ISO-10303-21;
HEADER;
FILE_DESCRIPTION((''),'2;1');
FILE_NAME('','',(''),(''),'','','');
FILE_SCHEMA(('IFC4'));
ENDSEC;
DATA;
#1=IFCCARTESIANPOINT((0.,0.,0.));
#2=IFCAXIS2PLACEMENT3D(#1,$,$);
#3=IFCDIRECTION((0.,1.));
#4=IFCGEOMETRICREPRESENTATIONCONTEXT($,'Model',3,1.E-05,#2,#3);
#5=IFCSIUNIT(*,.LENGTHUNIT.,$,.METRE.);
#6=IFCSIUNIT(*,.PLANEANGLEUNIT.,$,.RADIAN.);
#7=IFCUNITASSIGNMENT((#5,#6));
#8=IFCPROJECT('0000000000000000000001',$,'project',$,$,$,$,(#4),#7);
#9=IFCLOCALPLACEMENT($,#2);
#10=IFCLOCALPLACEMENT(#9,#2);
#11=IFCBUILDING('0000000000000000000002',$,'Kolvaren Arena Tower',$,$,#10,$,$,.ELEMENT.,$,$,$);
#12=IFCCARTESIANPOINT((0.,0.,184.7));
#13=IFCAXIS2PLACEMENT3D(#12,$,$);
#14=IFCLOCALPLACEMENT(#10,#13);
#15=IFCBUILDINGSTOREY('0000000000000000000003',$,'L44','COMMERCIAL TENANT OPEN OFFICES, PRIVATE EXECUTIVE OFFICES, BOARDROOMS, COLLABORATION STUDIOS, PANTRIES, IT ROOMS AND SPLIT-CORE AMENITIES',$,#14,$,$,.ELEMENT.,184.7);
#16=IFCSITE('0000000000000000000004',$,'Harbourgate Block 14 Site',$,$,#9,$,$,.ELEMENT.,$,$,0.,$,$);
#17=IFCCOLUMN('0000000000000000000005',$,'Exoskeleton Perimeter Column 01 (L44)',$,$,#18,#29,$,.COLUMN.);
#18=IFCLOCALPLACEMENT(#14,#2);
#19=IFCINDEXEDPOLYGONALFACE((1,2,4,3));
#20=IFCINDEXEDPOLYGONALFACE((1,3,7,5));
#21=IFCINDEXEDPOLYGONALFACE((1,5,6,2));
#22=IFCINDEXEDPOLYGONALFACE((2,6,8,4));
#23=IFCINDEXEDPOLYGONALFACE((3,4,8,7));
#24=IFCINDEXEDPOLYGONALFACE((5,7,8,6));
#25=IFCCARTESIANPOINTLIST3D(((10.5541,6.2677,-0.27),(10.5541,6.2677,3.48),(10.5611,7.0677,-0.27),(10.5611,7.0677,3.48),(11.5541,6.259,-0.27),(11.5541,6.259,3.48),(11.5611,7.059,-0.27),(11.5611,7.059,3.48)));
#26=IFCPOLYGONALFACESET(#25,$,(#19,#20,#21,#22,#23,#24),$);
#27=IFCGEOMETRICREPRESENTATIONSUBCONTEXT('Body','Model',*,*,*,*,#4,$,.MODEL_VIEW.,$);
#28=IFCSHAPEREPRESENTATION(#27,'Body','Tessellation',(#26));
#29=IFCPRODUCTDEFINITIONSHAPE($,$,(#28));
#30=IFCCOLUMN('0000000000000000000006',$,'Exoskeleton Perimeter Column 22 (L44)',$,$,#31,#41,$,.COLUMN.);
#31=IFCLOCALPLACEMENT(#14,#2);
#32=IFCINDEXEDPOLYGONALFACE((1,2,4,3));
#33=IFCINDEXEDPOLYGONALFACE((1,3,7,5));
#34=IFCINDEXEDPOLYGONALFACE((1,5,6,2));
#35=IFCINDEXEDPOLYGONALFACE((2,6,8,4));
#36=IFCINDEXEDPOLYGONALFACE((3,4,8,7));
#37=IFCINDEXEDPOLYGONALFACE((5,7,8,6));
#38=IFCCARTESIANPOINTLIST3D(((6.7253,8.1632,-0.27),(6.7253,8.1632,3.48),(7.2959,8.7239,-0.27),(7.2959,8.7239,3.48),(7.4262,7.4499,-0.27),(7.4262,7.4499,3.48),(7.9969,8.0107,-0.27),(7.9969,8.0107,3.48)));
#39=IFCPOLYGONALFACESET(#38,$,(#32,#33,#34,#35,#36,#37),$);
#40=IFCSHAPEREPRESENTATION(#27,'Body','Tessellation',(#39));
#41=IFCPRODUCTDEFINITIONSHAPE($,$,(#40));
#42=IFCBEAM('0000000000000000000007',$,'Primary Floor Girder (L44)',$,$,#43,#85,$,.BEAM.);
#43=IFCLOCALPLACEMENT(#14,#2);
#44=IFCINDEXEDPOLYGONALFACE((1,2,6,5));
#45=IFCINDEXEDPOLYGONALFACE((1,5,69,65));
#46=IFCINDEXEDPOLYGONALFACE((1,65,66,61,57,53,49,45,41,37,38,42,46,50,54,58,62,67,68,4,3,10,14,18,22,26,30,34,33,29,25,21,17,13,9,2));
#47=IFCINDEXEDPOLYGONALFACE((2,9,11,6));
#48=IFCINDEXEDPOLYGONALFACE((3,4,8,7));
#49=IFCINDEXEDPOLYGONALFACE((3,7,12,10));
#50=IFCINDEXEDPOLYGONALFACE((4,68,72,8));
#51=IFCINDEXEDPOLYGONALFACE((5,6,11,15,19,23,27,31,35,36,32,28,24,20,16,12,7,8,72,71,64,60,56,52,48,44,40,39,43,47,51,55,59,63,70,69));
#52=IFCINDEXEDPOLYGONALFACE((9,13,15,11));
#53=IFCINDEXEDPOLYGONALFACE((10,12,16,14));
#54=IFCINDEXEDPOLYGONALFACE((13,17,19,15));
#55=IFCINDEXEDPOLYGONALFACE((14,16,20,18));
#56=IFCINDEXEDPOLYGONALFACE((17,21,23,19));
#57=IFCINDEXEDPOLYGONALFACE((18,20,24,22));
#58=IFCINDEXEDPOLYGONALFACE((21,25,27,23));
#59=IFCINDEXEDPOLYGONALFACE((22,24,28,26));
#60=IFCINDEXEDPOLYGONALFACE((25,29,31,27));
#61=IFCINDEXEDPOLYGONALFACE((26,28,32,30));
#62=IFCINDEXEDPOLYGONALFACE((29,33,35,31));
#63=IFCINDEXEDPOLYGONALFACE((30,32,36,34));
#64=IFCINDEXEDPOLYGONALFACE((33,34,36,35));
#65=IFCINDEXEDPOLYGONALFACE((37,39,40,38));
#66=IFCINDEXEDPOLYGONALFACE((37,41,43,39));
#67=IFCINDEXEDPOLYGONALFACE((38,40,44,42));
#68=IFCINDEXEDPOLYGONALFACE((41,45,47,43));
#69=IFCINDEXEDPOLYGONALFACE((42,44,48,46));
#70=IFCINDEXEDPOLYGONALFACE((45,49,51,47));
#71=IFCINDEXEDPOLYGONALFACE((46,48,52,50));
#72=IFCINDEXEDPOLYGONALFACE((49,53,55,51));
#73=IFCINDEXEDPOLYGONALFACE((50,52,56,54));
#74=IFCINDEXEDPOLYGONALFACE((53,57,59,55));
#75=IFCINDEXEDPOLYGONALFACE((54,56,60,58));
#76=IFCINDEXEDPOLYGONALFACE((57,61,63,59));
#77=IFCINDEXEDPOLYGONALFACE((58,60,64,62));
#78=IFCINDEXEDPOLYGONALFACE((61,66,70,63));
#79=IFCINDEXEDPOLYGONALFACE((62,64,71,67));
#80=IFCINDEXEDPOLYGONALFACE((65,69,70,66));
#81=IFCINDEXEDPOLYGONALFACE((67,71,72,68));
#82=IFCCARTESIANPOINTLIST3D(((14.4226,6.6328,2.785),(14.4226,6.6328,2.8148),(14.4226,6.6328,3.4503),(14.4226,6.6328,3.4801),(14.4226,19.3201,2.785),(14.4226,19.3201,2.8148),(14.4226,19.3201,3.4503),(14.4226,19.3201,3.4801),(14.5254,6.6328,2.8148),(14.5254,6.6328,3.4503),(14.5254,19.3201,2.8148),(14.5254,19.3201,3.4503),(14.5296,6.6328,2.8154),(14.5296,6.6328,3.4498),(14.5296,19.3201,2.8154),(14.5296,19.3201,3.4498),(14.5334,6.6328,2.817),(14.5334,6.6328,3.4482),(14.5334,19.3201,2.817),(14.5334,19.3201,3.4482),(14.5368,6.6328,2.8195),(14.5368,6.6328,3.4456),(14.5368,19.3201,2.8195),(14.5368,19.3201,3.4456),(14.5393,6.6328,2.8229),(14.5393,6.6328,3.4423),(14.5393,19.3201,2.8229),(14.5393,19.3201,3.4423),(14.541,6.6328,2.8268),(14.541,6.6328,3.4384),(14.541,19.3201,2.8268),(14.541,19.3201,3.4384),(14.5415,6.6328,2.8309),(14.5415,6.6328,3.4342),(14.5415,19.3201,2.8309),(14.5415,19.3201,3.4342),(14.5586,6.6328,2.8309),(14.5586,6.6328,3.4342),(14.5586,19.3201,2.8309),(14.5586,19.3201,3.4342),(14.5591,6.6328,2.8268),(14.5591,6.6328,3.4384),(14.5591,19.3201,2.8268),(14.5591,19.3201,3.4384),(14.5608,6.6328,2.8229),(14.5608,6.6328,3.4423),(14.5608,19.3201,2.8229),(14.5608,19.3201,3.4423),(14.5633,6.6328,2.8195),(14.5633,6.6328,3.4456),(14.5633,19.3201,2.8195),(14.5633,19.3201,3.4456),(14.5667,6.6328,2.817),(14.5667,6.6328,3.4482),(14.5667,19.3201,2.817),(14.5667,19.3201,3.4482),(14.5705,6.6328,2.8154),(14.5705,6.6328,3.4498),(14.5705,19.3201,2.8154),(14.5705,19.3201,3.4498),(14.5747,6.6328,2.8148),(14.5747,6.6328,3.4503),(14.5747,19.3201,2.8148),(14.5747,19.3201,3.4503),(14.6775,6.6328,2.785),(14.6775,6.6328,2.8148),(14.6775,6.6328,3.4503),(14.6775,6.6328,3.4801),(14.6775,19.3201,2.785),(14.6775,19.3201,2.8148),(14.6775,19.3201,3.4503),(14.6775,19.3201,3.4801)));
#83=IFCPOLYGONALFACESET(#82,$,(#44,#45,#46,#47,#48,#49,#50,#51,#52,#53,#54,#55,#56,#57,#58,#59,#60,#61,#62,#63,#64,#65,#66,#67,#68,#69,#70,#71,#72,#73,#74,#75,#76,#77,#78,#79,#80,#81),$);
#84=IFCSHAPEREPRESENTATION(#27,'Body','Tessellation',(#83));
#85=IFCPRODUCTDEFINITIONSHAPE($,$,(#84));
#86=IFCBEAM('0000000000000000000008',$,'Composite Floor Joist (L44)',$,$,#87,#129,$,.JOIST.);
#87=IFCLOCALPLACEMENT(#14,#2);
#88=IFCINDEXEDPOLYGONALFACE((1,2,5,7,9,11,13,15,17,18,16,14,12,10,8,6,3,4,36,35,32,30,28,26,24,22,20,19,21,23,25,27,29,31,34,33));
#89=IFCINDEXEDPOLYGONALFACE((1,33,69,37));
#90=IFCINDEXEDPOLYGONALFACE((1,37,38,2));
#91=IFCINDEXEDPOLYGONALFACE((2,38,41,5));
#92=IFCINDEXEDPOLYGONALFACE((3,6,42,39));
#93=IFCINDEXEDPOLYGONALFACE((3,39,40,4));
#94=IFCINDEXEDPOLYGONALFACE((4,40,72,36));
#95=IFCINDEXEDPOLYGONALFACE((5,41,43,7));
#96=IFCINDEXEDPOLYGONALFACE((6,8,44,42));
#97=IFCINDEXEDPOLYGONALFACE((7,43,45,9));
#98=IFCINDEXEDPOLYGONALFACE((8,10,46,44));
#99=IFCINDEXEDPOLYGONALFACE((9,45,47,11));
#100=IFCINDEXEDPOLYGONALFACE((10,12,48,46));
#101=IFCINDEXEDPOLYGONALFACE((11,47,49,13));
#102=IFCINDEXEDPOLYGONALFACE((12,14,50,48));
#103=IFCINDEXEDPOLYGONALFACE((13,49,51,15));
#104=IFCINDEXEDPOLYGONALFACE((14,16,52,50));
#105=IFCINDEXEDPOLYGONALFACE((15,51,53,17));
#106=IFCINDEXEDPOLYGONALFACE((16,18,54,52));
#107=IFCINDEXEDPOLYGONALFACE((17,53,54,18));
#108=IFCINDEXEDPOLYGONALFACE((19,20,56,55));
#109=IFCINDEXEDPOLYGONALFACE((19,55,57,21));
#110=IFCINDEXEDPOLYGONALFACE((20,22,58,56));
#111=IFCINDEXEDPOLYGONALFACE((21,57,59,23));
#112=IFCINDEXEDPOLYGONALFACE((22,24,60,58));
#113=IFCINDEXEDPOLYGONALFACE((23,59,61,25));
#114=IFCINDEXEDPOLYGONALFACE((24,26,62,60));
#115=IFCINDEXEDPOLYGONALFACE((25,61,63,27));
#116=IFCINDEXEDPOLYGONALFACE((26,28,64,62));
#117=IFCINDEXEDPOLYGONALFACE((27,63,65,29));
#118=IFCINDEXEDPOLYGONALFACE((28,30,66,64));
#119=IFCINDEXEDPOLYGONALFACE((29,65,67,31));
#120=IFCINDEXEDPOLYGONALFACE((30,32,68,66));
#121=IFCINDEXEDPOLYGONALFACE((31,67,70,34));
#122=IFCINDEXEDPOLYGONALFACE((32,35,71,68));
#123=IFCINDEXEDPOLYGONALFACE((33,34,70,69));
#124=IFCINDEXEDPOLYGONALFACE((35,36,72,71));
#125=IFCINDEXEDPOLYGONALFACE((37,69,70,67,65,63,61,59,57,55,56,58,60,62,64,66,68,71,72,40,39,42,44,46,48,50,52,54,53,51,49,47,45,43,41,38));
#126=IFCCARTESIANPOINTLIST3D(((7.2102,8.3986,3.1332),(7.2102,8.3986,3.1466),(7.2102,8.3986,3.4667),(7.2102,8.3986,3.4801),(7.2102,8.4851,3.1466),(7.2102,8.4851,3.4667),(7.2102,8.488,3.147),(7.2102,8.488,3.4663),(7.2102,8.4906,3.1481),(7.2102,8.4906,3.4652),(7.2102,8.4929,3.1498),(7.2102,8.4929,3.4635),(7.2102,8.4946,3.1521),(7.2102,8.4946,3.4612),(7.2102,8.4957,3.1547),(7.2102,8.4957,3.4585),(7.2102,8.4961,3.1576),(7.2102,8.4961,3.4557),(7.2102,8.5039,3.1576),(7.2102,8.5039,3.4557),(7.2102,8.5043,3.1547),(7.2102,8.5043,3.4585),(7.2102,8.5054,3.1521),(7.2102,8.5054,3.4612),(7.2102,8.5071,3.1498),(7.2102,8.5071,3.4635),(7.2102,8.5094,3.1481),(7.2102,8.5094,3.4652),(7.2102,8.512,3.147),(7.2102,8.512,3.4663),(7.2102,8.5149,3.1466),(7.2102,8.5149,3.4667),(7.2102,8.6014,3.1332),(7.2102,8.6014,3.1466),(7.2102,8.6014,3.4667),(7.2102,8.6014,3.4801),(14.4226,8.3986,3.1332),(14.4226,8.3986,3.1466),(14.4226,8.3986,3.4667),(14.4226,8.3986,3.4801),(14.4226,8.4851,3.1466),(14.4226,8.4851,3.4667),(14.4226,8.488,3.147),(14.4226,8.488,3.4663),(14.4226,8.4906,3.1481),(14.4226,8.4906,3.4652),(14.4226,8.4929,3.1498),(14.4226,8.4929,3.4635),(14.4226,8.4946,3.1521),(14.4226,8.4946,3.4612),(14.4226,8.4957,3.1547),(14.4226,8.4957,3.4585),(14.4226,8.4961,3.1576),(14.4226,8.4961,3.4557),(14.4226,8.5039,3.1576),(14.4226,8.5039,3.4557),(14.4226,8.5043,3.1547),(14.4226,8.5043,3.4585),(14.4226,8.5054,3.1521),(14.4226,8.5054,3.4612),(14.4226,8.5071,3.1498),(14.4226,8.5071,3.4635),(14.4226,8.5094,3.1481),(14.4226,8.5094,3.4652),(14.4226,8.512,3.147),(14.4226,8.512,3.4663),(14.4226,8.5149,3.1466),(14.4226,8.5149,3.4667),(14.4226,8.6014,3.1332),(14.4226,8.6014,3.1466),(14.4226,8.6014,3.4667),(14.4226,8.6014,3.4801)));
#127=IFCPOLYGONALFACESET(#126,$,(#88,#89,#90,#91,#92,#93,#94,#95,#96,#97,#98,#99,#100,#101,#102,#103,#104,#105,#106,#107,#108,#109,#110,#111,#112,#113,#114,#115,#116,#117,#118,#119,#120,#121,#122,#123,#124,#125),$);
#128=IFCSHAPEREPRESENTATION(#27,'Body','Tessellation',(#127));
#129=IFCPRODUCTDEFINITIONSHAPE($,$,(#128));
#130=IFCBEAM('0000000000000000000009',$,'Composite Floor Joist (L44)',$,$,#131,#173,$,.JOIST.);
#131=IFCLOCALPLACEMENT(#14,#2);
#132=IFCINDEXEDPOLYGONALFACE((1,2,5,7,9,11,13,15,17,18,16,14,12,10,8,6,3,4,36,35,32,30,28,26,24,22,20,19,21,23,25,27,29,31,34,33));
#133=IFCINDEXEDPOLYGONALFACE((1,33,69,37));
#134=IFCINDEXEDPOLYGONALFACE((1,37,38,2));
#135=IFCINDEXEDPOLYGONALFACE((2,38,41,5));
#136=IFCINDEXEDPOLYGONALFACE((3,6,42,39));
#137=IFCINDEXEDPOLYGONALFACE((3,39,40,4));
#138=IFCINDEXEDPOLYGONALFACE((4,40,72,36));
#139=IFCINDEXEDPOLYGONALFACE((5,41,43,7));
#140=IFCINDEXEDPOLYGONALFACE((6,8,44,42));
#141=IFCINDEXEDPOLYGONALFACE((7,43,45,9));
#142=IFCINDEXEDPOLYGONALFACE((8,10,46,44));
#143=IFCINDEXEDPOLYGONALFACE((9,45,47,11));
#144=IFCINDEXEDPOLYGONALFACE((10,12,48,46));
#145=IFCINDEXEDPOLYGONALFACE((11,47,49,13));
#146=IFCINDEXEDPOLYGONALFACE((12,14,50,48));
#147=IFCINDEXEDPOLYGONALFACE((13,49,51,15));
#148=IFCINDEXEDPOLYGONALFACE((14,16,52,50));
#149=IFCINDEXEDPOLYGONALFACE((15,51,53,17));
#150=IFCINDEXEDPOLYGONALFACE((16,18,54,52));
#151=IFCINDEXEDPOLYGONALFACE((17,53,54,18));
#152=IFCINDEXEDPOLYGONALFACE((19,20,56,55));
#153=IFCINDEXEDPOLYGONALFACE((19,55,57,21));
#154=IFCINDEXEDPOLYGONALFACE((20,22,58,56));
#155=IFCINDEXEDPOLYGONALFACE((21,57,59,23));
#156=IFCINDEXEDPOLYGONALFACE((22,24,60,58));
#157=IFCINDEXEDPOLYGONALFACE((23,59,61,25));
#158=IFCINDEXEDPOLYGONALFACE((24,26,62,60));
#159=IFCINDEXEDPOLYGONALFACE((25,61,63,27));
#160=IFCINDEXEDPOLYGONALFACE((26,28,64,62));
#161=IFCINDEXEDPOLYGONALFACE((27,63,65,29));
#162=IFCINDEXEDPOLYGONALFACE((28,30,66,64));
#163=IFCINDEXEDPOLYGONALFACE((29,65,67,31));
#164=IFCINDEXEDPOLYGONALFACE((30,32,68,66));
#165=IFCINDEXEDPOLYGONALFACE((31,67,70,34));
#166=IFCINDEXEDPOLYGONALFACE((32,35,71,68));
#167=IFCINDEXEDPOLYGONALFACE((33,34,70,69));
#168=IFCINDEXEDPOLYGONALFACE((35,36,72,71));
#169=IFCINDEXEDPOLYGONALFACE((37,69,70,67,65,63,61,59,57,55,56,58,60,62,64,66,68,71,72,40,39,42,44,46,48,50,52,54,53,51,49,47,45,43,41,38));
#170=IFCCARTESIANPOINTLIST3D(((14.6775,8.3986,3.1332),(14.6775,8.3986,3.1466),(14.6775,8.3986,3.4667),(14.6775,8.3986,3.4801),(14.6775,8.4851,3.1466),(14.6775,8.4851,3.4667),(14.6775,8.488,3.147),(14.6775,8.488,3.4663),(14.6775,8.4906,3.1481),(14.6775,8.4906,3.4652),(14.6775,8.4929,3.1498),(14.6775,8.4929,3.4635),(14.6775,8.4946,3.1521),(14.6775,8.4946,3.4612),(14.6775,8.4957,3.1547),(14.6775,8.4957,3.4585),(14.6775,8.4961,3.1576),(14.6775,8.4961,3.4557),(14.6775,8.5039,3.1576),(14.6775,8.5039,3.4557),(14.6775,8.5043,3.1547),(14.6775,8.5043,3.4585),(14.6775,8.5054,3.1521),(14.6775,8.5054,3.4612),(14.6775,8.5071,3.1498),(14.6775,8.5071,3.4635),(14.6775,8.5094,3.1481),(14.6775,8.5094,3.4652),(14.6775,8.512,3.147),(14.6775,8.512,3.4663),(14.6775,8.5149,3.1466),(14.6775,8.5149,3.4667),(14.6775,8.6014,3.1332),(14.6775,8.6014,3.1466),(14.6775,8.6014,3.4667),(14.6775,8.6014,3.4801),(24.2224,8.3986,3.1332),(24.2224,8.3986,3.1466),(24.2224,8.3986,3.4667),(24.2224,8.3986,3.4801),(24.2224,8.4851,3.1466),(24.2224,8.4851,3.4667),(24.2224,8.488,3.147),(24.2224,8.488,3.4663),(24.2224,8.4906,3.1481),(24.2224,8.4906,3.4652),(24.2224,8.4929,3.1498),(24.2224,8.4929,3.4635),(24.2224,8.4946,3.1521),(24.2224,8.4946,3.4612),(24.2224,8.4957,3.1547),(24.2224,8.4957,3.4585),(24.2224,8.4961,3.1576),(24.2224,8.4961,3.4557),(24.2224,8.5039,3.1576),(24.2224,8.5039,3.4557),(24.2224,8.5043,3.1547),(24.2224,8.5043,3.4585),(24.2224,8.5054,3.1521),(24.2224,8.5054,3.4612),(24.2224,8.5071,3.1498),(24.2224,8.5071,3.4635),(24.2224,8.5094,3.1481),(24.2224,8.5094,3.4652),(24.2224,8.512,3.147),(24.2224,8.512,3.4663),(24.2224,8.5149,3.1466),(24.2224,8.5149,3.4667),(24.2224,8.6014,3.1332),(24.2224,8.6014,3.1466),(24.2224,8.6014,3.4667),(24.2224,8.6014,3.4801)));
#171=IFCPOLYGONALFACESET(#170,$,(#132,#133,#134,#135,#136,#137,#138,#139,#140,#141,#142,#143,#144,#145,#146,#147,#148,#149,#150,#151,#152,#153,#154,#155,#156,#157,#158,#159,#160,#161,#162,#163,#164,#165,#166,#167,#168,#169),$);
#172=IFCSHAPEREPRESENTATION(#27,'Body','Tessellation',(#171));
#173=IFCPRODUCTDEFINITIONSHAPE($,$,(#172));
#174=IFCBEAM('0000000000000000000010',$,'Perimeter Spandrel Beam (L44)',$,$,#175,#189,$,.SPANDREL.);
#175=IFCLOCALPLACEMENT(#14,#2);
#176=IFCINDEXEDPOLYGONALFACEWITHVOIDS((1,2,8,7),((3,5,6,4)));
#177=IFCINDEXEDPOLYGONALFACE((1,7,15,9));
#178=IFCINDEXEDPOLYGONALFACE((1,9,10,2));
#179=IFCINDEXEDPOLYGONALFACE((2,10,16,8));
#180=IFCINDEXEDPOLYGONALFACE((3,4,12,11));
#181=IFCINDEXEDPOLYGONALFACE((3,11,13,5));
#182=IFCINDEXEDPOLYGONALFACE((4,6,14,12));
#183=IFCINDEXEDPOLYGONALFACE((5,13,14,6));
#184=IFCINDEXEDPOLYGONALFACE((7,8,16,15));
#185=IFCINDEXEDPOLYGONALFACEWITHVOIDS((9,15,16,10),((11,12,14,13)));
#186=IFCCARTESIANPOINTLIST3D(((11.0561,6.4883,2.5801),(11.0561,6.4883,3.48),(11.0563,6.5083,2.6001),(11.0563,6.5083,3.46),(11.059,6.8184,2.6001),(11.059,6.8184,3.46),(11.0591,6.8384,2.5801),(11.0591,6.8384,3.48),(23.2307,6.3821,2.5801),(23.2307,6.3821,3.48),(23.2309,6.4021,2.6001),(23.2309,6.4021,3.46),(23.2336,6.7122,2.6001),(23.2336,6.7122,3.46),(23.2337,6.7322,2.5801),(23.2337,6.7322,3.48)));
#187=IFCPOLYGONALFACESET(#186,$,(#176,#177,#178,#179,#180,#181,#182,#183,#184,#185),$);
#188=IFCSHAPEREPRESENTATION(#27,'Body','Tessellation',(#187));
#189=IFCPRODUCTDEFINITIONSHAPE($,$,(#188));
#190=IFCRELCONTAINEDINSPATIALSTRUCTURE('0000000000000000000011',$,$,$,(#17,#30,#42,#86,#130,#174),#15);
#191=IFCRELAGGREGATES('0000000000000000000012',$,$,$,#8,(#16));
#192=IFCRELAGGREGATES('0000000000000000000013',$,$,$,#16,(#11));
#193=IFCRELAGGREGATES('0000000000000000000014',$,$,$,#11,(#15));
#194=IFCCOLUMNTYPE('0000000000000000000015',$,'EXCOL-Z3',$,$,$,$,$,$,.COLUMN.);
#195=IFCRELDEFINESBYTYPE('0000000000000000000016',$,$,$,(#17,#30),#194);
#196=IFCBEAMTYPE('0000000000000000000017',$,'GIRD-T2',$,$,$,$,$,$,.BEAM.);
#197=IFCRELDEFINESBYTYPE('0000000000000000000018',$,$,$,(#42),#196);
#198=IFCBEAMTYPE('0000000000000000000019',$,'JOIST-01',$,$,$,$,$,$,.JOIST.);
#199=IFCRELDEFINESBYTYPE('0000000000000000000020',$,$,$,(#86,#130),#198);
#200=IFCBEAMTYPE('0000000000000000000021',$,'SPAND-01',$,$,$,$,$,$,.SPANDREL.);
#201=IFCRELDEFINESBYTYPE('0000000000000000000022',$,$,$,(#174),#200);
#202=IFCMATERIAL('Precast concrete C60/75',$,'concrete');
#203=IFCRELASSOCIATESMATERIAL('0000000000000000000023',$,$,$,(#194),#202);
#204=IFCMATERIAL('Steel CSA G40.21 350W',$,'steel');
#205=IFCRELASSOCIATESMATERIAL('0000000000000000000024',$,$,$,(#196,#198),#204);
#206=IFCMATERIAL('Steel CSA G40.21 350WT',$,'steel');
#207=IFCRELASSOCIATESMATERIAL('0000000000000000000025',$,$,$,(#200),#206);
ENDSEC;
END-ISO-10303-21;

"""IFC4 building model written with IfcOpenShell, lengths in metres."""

from ifc_helpers import new_model, si_unit, direction, frame, origin, origin_2d, place, context, subcontext, project, spatial, rectangle, hollow_rectangle, i_section, extrude, material, material_profile, profile_set, type_object, element, save


model = new_model("IFC4")

# Units and contexts
model_context = context("Model", 3, precision=1e-05, world=origin(), true_north=direction((0.0, 1.0)))
body_context = subcontext(model_context, "Body", "Model", "MODEL_VIEW")
ifc_project = project(units=[si_unit("LENGTHUNIT", "METRE"), si_unit("PLANEANGLEUNIT", "RADIAN")], contexts=[model_context])

# Site, building, storey
site_placement = place(None, origin())
site = spatial("IfcSite", under=ifc_project, at=site_placement, Name="Harbourgate Block 14 Site", CompositionType="ELEMENT", RefElevation=0.0)
building_placement = place(site_placement, origin())
building = spatial("IfcBuilding", under=site, at=building_placement, Name="Kolvaren Arena Tower", CompositionType="ELEMENT")
storey_placement = place(building_placement, frame((0.0, 0.0, 184.7)))
storey = spatial("IfcBuildingStorey", under=building, at=storey_placement, Name="L44", Description="COMMERCIAL TENANT OPEN OFFICES, PRIVATE EXECUTIVE OFFICES, BOARDROOMS, COLLABORATION STUDIOS, PANTRIES, IT ROOMS AND SPLIT-CORE AMENITIES", CompositionType="ELEMENT", Elevation=184.7)

# Columns
ifc_material_1 = material(Name="Precast concrete C60/75", Category="concrete")
ifc_material_profile_1 = material_profile(ifc_material_1, rectangle(XDim=1.0, YDim=0.8, at=origin_2d()), Name="RC-1000x800")
ifc_profile_set_1 = profile_set([ifc_material_profile_1], Name="Precast concrete C60/75")
column_type = type_object("IfcColumnType", Name="EXCOL-Z3", PredefinedType="COLUMN", material=ifc_profile_set_1)
for number, where, z_axis, x_axis, name in (
    (1, (11.0576, 6.6633, -0.27), (0.0, 0.0, 1.0), (0.999962, -0.008727, 0.0), "Exoskeleton Perimeter Column 01 (L44)"),
    (2, (7.3611, 8.0869, -0.27), (0.0, 0.0, 1.0), (-0.700909, 0.71325, 0.0), "Exoskeleton Perimeter Column 22 (L44)"),
):
    element("IfcColumn", number, at=place(storey_placement, frame(where, z_axis=z_axis, x_axis=x_axis)), inside=storey, type_object=column_type, Name=name, PredefinedType="COLUMN", context=body_context, shape_type="SweptSolid", body=[
        extrude(rectangle(XDim=1.0, YDim=0.8, at=origin_2d()), origin(), (0.0, 0.0, 1.0), 3.75),
    ])

# Beams
ifc_material_2 = material(Name="Steel CSA G40.21 350W", Category="steel")
ifc_material_profile_2 = material_profile(ifc_material_2, i_section(OverallWidth=0.2549, OverallDepth=0.6951, WebThickness=0.0171, FlangeThickness=0.0298, FilletRadius=0.0161, at=origin_2d()), Name="W690x217")
ifc_profile_set_2 = profile_set([ifc_material_profile_2], Name="Steel CSA G40.21 350W")
beam_type_1 = type_object("IfcBeamType", Name="GIRD-T2", PredefinedType="BEAM", material=ifc_profile_set_2)
beam_1_placement = place(storey_placement, frame((14.55, 6.6328, 3.1326), z_axis=(0.0, 1.0, 0.0), x_axis=(-1.0, 0.0, 0.0)))
element("IfcBeam", 3, at=beam_1_placement, inside=storey, type_object=beam_type_1, Name="Primary Floor Girder (L44)", PredefinedType="BEAM", context=body_context, shape_type="SweptSolid", body=[
    extrude(i_section(OverallWidth=0.2549, OverallDepth=0.6951, WebThickness=0.0171, FlangeThickness=0.0298, FilletRadius=0.0161, at=origin_2d()), origin(), (0.0, 0.0, 1.0), 12.6873),
])
ifc_material_profile_3 = material_profile(ifc_material_2, i_section(OverallWidth=0.2029, OverallDepth=0.3469, WebThickness=0.0078, FlangeThickness=0.0134, FilletRadius=0.011, at=origin_2d()), Name="W360x64")
ifc_profile_set_3 = profile_set([ifc_material_profile_3], Name="Steel CSA G40.21 350W")
beam_type_2 = type_object("IfcBeamType", Name="JOIST-01", PredefinedType="JOIST", material=ifc_profile_set_3)
beam_2_placement = place(storey_placement, frame((7.2102, 8.5, 3.3066), z_axis=(1.0, 0.0, 0.0), x_axis=(0.0, 1.0, 0.0)))
element("IfcBeam", 4, at=beam_2_placement, inside=storey, type_object=beam_type_2, Name="Composite Floor Joist (L44)", PredefinedType="JOIST", context=body_context, shape_type="SweptSolid", body=[
    extrude(i_section(OverallWidth=0.2029, OverallDepth=0.3469, WebThickness=0.0078, FlangeThickness=0.0134, FilletRadius=0.011, at=origin_2d()), origin(), (0.0, 0.0, 1.0), 7.2124),
])
beam_3_placement = place(storey_placement, frame((14.6775, 8.5, 3.3066), z_axis=(1.0, 0.0, 0.0), x_axis=(0.0, 1.0, 0.0)))
element("IfcBeam", 5, at=beam_3_placement, inside=storey, type_object=beam_type_2, Name="Composite Floor Joist (L44)", PredefinedType="JOIST", context=body_context, shape_type="SweptSolid", body=[
    extrude(i_section(OverallWidth=0.2029, OverallDepth=0.3469, WebThickness=0.0078, FlangeThickness=0.0134, FilletRadius=0.011, at=origin_2d()), origin(), (0.0, 0.0, 1.0), 9.5449),
])
ifc_material_3 = material(Name="Steel CSA G40.21 350WT", Category="steel")
ifc_material_profile_4 = material_profile(ifc_material_3, hollow_rectangle(XDim=0.3501, YDim=0.8999, WallThickness=0.02, at=origin_2d()), Name="HSS 900x350x20")
ifc_profile_set_4 = profile_set([ifc_material_profile_4], Name="Steel CSA G40.21 350WT")
beam_type_3 = type_object("IfcBeamType", Name="SPAND-01", PredefinedType="SPANDREL", material=ifc_profile_set_4)
beam_4_placement = place(storey_placement, frame((11.0576, 6.6633, 3.03), z_axis=(0.999962, -0.008723, 0.0), x_axis=(0.008723, 0.999962, 0.0)))
element("IfcBeam", 6, at=beam_4_placement, inside=storey, type_object=beam_type_3, Name="Perimeter Spandrel Beam (L44)", PredefinedType="SPANDREL", context=body_context, shape_type="SweptSolid", body=[
    extrude(hollow_rectangle(XDim=0.3501, YDim=0.8999, WallThickness=0.02, at=origin_2d()), origin(), (0.0, 0.0, 1.0), 12.175),
])

save(model, "model.ifc")
